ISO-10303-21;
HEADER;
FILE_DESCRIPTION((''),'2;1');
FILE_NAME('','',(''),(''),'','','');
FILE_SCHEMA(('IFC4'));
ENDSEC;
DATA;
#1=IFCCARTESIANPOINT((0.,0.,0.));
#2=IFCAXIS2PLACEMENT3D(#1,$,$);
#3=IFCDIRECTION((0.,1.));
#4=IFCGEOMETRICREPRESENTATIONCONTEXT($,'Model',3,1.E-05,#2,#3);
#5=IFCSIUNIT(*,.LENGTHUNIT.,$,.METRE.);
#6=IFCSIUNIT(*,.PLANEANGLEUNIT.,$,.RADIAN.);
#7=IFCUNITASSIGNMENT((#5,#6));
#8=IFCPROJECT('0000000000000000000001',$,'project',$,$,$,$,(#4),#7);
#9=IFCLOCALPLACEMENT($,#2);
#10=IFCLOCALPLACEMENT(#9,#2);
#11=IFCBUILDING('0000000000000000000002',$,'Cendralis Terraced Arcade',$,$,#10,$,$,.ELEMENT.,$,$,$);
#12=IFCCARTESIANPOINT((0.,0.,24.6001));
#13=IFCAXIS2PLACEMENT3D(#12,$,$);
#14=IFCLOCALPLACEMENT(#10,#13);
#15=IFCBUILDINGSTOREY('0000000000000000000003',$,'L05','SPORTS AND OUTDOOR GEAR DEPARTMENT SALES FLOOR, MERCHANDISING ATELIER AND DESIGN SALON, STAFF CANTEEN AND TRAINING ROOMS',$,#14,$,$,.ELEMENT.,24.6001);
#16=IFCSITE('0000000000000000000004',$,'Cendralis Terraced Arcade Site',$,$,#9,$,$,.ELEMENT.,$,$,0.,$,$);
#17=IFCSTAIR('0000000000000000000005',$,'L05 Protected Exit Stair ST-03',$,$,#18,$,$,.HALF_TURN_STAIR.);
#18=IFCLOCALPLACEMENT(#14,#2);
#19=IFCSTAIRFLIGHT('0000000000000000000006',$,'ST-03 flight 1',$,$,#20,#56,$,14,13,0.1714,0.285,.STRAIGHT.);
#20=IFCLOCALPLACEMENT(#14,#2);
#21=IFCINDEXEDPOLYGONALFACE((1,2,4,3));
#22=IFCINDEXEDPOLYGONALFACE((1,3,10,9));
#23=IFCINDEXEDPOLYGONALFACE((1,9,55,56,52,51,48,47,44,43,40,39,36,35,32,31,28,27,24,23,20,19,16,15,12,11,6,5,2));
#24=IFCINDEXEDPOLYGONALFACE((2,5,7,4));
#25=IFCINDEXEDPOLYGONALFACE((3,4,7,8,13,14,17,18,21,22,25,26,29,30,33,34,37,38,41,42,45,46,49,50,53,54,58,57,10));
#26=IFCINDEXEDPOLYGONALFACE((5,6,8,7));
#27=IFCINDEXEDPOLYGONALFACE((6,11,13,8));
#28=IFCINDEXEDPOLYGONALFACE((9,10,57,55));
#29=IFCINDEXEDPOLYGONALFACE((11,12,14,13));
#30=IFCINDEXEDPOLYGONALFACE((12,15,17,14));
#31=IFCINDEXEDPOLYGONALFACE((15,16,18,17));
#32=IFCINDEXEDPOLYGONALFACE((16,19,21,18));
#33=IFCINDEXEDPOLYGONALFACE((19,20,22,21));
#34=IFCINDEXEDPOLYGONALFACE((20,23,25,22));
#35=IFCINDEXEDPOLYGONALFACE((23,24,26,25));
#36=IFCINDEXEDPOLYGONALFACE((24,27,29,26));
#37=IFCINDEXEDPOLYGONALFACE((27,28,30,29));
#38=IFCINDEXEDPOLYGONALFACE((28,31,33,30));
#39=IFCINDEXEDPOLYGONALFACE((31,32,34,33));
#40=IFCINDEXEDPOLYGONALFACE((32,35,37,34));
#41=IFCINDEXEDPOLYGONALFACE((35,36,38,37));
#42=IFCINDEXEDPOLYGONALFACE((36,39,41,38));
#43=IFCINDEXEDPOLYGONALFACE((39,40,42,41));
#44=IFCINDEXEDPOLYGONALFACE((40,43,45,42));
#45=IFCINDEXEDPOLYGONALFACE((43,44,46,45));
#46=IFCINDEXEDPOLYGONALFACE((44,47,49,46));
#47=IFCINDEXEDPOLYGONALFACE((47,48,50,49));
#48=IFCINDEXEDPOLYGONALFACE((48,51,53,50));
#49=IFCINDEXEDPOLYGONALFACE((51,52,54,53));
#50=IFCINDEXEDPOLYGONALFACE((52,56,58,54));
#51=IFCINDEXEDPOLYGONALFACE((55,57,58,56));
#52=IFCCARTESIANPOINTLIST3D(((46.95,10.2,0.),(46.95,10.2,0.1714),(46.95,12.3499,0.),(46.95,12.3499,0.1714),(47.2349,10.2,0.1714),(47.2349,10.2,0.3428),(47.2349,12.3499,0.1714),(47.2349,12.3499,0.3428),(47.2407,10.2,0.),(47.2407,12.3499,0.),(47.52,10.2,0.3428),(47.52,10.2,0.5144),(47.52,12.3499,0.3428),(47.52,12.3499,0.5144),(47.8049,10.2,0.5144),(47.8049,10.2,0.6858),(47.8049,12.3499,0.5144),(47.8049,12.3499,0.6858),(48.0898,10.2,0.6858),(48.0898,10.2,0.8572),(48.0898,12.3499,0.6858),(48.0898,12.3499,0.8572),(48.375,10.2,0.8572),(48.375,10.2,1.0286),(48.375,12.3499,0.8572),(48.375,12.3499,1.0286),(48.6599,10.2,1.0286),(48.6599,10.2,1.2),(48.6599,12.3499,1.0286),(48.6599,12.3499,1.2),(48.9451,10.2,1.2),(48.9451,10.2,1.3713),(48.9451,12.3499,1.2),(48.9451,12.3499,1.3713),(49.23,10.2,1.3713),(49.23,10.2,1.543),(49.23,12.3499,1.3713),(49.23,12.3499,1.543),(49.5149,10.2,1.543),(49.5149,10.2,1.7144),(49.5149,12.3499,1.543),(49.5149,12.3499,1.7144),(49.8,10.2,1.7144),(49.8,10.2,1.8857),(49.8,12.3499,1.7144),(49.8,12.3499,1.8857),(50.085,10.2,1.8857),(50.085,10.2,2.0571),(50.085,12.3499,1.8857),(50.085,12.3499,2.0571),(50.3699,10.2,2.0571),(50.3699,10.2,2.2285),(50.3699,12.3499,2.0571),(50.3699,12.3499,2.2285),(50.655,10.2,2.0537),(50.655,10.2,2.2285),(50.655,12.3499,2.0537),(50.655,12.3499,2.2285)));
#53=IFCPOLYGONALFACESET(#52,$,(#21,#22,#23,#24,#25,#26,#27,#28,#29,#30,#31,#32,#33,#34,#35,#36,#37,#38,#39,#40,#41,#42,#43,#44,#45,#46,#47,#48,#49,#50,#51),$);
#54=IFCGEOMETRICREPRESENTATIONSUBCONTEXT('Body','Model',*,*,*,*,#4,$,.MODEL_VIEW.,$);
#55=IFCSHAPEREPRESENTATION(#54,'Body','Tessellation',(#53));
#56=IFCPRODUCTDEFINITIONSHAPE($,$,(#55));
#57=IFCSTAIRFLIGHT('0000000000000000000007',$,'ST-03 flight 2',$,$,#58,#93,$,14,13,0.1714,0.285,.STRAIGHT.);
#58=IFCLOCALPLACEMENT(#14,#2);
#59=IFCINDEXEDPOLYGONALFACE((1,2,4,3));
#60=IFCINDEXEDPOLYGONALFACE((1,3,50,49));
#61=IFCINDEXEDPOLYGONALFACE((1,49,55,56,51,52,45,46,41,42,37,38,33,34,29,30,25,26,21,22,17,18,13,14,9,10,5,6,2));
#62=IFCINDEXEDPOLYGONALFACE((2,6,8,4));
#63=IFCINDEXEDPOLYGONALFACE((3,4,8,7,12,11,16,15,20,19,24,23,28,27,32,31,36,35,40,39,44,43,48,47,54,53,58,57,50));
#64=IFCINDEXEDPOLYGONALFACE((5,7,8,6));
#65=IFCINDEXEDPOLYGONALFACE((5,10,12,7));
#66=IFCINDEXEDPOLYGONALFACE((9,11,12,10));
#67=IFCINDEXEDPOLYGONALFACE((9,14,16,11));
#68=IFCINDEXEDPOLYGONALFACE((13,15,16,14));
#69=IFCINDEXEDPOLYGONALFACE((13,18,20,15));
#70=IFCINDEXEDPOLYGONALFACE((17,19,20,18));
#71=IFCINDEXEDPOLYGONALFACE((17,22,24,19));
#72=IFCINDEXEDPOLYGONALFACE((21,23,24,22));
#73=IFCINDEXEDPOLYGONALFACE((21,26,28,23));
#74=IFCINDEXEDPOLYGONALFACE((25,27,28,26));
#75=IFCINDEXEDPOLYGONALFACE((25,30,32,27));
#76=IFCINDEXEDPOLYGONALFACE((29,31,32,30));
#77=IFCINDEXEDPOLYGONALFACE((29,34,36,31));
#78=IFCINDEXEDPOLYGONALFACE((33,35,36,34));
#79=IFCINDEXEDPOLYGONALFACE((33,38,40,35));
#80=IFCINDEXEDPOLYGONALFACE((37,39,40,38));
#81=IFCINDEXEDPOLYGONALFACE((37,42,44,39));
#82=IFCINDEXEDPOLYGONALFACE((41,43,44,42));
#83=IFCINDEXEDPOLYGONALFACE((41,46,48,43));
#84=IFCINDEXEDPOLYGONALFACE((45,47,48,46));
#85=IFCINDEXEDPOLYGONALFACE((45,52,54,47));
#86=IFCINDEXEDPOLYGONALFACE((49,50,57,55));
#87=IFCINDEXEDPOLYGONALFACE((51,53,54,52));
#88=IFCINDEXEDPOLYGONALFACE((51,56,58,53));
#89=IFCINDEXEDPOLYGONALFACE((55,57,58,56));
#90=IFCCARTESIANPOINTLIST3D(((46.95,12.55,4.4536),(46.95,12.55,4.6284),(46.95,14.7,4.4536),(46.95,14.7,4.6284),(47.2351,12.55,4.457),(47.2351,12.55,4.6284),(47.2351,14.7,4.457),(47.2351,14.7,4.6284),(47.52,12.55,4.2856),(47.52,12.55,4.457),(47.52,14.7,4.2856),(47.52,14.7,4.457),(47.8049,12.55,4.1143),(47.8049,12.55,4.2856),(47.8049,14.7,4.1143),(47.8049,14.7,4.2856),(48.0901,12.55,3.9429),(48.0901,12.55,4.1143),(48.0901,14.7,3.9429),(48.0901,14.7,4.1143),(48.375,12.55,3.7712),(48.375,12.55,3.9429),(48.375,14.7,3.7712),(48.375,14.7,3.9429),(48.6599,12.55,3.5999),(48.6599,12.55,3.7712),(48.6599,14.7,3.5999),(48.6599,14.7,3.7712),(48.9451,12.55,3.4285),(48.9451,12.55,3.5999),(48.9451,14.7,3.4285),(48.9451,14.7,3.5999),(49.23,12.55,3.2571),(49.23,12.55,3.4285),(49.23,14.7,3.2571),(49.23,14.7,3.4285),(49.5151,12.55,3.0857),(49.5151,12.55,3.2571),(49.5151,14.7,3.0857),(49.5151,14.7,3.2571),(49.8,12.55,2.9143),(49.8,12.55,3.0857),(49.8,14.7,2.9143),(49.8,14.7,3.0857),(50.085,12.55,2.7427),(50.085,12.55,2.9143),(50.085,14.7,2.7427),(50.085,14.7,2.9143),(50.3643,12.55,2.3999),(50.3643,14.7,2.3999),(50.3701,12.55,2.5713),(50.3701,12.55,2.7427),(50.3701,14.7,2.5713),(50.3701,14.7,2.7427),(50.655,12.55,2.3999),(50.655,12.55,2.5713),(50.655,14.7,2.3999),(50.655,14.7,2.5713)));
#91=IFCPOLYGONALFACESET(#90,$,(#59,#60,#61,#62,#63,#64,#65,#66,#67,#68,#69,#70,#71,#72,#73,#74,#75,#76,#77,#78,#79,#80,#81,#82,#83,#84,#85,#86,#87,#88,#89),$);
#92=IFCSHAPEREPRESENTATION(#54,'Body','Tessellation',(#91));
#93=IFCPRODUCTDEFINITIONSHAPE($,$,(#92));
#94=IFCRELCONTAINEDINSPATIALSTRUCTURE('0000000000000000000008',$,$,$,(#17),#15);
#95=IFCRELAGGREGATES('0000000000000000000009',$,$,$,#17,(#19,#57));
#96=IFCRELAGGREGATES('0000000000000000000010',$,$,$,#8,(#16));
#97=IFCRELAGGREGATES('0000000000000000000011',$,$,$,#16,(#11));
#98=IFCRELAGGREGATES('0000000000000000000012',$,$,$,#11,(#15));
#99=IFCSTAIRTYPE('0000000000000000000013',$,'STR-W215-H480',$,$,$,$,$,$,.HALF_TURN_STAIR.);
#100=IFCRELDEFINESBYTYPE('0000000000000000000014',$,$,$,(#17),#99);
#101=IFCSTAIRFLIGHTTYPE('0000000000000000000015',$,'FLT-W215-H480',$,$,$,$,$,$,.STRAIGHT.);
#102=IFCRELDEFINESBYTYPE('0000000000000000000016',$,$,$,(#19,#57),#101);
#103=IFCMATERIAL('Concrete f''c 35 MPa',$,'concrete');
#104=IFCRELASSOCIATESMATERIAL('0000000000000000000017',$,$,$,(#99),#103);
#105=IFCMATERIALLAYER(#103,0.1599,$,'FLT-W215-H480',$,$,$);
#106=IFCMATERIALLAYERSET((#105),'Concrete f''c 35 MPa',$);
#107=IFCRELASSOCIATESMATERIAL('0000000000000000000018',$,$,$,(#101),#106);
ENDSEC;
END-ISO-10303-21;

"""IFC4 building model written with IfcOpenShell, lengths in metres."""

from ifc_helpers import new_model, si_unit, direction, frame, origin, place, context, subcontext, project, spatial, polyline, outline, extrude, material, layer, layer_set, type_object, element, aggregate, save


model = new_model("IFC4")

# Units and contexts
model_context = context("Model", 3, precision=1e-05, world=origin(), true_north=direction((0.0, 1.0)))
body_context = subcontext(model_context, "Body", "Model", "MODEL_VIEW")
ifc_project = project(units=[si_unit("LENGTHUNIT", "METRE"), si_unit("PLANEANGLEUNIT", "RADIAN")], contexts=[model_context])

# Site, building, storey
site_placement = place(None, origin())
site = spatial("IfcSite", under=ifc_project, at=site_placement, Name="Cendralis Terraced Arcade Site", CompositionType="ELEMENT", RefElevation=0.0)
building_placement = place(site_placement, origin())
building = spatial("IfcBuilding", under=site, at=building_placement, Name="Cendralis Terraced Arcade", CompositionType="ELEMENT")
storey_placement = place(building_placement, frame((0.0, 0.0, 24.6001)))
storey = spatial("IfcBuildingStorey", under=building, at=storey_placement, Name="L05", Description="SPORTS AND OUTDOOR GEAR DEPARTMENT SALES FLOOR, MERCHANDISING ATELIER AND DESIGN SALON, STAFF CANTEEN AND TRAINING ROOMS", CompositionType="ELEMENT", Elevation=24.6001)

# Stair, stair flights
ifc_material_1 = material(Name="Concrete f'c 35 MPa", Category="concrete")
stair_type = type_object("IfcStairType", Name="STR-W215-H480", PredefinedType="HALF_TURN_STAIR", material=ifc_material_1)
stair_placement = place(storey_placement, origin())
stair = element("IfcStair", 1, at=stair_placement, inside=storey, type_object=stair_type, Name="L05 Protected Exit Stair ST-03", PredefinedType="HALF_TURN_STAIR")
ifc_layer_1 = layer(ifc_material_1, 0.1599, Name="FLT-W215-H480")
ifc_layer_set_1 = layer_set([ifc_layer_1], Name="Concrete f'c 35 MPa")
stair_flight_type = type_object("IfcStairFlightType", Name="FLT-W215-H480", PredefinedType="STRAIGHT", material=ifc_layer_set_1)
stair_flight_1_placement = place(storey_placement, frame((46.95, 11.2749, 0.0), z_axis=(0.0, 0.0, 1.0), x_axis=(1.0, 0.0, 0.0)))
stair_flight_1 = element("IfcStairFlight", 2, at=stair_flight_1_placement, type_object=stair_flight_type, Name="ST-03 flight 1", NumberOfRisers=14, NumberOfTreads=13, PredefinedType="STRAIGHT", RiserHeight=0.1714, TreadLength=0.285, context=body_context, shape_type="SweptSolid", body=[
    extrude(outline(polyline([(0.0, 0.0), (0.0, 0.1714), (0.2849, 0.1714), (0.2849, 0.3428), (0.5701, 0.3428), (0.5701, 0.5144), (0.855, 0.5144), (0.855, 0.6858), (1.1399, 0.6858), (1.1399, 0.8572), (1.425, 0.8572), (1.425, 1.0286), (1.71, 1.0286), (1.71, 1.2), (1.9951, 1.2), (1.9951, 1.3713), (2.28, 1.3713), (2.28, 1.543), (2.5649, 1.543), (2.5649, 1.7144), (2.8501, 1.7144), (2.8501, 1.8857), (3.135, 1.8857), (3.135, 2.0571), (3.4199, 2.0571), (3.4199, 2.2285), (3.7051, 2.2285), (3.7051, 2.3999), (3.7051, 2.0537), (0.2908, 0.0), (0.0, 0.0)])), frame((0.0, 1.075, 0.0), z_axis=(0.0, -1.0, 0.0), x_axis=(1.0, 0.0, 0.0)), (0.0, 0.0, 1.0), 2.1499),
])
stair_flight_2_placement = place(storey_placement, frame((50.655, 13.625, 2.3999), z_axis=(0.0, 0.0, 1.0), x_axis=(-1.0, 0.0, 0.0)))
stair_flight_2 = element("IfcStairFlight", 3, at=stair_flight_2_placement, type_object=stair_flight_type, Name="ST-03 flight 2", NumberOfRisers=14, NumberOfTreads=13, PredefinedType="STRAIGHT", RiserHeight=0.1714, TreadLength=0.285, context=body_context, shape_type="SweptSolid", body=[
    extrude(outline(polyline([(0.0, 0.0), (0.0, 0.1714), (0.2849, 0.1714), (0.2849, 0.3428), (0.5701, 0.3428), (0.5701, 0.5144), (0.855, 0.5144), (0.855, 0.6858), (1.1399, 0.6858), (1.1399, 0.8572), (1.425, 0.8572), (1.425, 1.0286), (1.71, 1.0286), (1.71, 1.2), (1.9951, 1.2), (1.9951, 1.3713), (2.28, 1.3713), (2.28, 1.543), (2.5649, 1.543), (2.5649, 1.7144), (2.8501, 1.7144), (2.8501, 1.8857), (3.135, 1.8857), (3.135, 2.0571), (3.4199, 2.0571), (3.4199, 2.2285), (3.7051, 2.2285), (3.7051, 2.3999), (3.7051, 2.0537), (0.2908, 0.0), (0.0, 0.0)])), frame((0.0, 1.075, 0.0), z_axis=(0.0, -1.0, 0.0), x_axis=(1.0, 0.0, 0.0)), (0.0, 0.0, 1.0), 2.1499),
])
aggregate(stair, [stair_flight_1, stair_flight_2])

save(model, "model.ifc")
